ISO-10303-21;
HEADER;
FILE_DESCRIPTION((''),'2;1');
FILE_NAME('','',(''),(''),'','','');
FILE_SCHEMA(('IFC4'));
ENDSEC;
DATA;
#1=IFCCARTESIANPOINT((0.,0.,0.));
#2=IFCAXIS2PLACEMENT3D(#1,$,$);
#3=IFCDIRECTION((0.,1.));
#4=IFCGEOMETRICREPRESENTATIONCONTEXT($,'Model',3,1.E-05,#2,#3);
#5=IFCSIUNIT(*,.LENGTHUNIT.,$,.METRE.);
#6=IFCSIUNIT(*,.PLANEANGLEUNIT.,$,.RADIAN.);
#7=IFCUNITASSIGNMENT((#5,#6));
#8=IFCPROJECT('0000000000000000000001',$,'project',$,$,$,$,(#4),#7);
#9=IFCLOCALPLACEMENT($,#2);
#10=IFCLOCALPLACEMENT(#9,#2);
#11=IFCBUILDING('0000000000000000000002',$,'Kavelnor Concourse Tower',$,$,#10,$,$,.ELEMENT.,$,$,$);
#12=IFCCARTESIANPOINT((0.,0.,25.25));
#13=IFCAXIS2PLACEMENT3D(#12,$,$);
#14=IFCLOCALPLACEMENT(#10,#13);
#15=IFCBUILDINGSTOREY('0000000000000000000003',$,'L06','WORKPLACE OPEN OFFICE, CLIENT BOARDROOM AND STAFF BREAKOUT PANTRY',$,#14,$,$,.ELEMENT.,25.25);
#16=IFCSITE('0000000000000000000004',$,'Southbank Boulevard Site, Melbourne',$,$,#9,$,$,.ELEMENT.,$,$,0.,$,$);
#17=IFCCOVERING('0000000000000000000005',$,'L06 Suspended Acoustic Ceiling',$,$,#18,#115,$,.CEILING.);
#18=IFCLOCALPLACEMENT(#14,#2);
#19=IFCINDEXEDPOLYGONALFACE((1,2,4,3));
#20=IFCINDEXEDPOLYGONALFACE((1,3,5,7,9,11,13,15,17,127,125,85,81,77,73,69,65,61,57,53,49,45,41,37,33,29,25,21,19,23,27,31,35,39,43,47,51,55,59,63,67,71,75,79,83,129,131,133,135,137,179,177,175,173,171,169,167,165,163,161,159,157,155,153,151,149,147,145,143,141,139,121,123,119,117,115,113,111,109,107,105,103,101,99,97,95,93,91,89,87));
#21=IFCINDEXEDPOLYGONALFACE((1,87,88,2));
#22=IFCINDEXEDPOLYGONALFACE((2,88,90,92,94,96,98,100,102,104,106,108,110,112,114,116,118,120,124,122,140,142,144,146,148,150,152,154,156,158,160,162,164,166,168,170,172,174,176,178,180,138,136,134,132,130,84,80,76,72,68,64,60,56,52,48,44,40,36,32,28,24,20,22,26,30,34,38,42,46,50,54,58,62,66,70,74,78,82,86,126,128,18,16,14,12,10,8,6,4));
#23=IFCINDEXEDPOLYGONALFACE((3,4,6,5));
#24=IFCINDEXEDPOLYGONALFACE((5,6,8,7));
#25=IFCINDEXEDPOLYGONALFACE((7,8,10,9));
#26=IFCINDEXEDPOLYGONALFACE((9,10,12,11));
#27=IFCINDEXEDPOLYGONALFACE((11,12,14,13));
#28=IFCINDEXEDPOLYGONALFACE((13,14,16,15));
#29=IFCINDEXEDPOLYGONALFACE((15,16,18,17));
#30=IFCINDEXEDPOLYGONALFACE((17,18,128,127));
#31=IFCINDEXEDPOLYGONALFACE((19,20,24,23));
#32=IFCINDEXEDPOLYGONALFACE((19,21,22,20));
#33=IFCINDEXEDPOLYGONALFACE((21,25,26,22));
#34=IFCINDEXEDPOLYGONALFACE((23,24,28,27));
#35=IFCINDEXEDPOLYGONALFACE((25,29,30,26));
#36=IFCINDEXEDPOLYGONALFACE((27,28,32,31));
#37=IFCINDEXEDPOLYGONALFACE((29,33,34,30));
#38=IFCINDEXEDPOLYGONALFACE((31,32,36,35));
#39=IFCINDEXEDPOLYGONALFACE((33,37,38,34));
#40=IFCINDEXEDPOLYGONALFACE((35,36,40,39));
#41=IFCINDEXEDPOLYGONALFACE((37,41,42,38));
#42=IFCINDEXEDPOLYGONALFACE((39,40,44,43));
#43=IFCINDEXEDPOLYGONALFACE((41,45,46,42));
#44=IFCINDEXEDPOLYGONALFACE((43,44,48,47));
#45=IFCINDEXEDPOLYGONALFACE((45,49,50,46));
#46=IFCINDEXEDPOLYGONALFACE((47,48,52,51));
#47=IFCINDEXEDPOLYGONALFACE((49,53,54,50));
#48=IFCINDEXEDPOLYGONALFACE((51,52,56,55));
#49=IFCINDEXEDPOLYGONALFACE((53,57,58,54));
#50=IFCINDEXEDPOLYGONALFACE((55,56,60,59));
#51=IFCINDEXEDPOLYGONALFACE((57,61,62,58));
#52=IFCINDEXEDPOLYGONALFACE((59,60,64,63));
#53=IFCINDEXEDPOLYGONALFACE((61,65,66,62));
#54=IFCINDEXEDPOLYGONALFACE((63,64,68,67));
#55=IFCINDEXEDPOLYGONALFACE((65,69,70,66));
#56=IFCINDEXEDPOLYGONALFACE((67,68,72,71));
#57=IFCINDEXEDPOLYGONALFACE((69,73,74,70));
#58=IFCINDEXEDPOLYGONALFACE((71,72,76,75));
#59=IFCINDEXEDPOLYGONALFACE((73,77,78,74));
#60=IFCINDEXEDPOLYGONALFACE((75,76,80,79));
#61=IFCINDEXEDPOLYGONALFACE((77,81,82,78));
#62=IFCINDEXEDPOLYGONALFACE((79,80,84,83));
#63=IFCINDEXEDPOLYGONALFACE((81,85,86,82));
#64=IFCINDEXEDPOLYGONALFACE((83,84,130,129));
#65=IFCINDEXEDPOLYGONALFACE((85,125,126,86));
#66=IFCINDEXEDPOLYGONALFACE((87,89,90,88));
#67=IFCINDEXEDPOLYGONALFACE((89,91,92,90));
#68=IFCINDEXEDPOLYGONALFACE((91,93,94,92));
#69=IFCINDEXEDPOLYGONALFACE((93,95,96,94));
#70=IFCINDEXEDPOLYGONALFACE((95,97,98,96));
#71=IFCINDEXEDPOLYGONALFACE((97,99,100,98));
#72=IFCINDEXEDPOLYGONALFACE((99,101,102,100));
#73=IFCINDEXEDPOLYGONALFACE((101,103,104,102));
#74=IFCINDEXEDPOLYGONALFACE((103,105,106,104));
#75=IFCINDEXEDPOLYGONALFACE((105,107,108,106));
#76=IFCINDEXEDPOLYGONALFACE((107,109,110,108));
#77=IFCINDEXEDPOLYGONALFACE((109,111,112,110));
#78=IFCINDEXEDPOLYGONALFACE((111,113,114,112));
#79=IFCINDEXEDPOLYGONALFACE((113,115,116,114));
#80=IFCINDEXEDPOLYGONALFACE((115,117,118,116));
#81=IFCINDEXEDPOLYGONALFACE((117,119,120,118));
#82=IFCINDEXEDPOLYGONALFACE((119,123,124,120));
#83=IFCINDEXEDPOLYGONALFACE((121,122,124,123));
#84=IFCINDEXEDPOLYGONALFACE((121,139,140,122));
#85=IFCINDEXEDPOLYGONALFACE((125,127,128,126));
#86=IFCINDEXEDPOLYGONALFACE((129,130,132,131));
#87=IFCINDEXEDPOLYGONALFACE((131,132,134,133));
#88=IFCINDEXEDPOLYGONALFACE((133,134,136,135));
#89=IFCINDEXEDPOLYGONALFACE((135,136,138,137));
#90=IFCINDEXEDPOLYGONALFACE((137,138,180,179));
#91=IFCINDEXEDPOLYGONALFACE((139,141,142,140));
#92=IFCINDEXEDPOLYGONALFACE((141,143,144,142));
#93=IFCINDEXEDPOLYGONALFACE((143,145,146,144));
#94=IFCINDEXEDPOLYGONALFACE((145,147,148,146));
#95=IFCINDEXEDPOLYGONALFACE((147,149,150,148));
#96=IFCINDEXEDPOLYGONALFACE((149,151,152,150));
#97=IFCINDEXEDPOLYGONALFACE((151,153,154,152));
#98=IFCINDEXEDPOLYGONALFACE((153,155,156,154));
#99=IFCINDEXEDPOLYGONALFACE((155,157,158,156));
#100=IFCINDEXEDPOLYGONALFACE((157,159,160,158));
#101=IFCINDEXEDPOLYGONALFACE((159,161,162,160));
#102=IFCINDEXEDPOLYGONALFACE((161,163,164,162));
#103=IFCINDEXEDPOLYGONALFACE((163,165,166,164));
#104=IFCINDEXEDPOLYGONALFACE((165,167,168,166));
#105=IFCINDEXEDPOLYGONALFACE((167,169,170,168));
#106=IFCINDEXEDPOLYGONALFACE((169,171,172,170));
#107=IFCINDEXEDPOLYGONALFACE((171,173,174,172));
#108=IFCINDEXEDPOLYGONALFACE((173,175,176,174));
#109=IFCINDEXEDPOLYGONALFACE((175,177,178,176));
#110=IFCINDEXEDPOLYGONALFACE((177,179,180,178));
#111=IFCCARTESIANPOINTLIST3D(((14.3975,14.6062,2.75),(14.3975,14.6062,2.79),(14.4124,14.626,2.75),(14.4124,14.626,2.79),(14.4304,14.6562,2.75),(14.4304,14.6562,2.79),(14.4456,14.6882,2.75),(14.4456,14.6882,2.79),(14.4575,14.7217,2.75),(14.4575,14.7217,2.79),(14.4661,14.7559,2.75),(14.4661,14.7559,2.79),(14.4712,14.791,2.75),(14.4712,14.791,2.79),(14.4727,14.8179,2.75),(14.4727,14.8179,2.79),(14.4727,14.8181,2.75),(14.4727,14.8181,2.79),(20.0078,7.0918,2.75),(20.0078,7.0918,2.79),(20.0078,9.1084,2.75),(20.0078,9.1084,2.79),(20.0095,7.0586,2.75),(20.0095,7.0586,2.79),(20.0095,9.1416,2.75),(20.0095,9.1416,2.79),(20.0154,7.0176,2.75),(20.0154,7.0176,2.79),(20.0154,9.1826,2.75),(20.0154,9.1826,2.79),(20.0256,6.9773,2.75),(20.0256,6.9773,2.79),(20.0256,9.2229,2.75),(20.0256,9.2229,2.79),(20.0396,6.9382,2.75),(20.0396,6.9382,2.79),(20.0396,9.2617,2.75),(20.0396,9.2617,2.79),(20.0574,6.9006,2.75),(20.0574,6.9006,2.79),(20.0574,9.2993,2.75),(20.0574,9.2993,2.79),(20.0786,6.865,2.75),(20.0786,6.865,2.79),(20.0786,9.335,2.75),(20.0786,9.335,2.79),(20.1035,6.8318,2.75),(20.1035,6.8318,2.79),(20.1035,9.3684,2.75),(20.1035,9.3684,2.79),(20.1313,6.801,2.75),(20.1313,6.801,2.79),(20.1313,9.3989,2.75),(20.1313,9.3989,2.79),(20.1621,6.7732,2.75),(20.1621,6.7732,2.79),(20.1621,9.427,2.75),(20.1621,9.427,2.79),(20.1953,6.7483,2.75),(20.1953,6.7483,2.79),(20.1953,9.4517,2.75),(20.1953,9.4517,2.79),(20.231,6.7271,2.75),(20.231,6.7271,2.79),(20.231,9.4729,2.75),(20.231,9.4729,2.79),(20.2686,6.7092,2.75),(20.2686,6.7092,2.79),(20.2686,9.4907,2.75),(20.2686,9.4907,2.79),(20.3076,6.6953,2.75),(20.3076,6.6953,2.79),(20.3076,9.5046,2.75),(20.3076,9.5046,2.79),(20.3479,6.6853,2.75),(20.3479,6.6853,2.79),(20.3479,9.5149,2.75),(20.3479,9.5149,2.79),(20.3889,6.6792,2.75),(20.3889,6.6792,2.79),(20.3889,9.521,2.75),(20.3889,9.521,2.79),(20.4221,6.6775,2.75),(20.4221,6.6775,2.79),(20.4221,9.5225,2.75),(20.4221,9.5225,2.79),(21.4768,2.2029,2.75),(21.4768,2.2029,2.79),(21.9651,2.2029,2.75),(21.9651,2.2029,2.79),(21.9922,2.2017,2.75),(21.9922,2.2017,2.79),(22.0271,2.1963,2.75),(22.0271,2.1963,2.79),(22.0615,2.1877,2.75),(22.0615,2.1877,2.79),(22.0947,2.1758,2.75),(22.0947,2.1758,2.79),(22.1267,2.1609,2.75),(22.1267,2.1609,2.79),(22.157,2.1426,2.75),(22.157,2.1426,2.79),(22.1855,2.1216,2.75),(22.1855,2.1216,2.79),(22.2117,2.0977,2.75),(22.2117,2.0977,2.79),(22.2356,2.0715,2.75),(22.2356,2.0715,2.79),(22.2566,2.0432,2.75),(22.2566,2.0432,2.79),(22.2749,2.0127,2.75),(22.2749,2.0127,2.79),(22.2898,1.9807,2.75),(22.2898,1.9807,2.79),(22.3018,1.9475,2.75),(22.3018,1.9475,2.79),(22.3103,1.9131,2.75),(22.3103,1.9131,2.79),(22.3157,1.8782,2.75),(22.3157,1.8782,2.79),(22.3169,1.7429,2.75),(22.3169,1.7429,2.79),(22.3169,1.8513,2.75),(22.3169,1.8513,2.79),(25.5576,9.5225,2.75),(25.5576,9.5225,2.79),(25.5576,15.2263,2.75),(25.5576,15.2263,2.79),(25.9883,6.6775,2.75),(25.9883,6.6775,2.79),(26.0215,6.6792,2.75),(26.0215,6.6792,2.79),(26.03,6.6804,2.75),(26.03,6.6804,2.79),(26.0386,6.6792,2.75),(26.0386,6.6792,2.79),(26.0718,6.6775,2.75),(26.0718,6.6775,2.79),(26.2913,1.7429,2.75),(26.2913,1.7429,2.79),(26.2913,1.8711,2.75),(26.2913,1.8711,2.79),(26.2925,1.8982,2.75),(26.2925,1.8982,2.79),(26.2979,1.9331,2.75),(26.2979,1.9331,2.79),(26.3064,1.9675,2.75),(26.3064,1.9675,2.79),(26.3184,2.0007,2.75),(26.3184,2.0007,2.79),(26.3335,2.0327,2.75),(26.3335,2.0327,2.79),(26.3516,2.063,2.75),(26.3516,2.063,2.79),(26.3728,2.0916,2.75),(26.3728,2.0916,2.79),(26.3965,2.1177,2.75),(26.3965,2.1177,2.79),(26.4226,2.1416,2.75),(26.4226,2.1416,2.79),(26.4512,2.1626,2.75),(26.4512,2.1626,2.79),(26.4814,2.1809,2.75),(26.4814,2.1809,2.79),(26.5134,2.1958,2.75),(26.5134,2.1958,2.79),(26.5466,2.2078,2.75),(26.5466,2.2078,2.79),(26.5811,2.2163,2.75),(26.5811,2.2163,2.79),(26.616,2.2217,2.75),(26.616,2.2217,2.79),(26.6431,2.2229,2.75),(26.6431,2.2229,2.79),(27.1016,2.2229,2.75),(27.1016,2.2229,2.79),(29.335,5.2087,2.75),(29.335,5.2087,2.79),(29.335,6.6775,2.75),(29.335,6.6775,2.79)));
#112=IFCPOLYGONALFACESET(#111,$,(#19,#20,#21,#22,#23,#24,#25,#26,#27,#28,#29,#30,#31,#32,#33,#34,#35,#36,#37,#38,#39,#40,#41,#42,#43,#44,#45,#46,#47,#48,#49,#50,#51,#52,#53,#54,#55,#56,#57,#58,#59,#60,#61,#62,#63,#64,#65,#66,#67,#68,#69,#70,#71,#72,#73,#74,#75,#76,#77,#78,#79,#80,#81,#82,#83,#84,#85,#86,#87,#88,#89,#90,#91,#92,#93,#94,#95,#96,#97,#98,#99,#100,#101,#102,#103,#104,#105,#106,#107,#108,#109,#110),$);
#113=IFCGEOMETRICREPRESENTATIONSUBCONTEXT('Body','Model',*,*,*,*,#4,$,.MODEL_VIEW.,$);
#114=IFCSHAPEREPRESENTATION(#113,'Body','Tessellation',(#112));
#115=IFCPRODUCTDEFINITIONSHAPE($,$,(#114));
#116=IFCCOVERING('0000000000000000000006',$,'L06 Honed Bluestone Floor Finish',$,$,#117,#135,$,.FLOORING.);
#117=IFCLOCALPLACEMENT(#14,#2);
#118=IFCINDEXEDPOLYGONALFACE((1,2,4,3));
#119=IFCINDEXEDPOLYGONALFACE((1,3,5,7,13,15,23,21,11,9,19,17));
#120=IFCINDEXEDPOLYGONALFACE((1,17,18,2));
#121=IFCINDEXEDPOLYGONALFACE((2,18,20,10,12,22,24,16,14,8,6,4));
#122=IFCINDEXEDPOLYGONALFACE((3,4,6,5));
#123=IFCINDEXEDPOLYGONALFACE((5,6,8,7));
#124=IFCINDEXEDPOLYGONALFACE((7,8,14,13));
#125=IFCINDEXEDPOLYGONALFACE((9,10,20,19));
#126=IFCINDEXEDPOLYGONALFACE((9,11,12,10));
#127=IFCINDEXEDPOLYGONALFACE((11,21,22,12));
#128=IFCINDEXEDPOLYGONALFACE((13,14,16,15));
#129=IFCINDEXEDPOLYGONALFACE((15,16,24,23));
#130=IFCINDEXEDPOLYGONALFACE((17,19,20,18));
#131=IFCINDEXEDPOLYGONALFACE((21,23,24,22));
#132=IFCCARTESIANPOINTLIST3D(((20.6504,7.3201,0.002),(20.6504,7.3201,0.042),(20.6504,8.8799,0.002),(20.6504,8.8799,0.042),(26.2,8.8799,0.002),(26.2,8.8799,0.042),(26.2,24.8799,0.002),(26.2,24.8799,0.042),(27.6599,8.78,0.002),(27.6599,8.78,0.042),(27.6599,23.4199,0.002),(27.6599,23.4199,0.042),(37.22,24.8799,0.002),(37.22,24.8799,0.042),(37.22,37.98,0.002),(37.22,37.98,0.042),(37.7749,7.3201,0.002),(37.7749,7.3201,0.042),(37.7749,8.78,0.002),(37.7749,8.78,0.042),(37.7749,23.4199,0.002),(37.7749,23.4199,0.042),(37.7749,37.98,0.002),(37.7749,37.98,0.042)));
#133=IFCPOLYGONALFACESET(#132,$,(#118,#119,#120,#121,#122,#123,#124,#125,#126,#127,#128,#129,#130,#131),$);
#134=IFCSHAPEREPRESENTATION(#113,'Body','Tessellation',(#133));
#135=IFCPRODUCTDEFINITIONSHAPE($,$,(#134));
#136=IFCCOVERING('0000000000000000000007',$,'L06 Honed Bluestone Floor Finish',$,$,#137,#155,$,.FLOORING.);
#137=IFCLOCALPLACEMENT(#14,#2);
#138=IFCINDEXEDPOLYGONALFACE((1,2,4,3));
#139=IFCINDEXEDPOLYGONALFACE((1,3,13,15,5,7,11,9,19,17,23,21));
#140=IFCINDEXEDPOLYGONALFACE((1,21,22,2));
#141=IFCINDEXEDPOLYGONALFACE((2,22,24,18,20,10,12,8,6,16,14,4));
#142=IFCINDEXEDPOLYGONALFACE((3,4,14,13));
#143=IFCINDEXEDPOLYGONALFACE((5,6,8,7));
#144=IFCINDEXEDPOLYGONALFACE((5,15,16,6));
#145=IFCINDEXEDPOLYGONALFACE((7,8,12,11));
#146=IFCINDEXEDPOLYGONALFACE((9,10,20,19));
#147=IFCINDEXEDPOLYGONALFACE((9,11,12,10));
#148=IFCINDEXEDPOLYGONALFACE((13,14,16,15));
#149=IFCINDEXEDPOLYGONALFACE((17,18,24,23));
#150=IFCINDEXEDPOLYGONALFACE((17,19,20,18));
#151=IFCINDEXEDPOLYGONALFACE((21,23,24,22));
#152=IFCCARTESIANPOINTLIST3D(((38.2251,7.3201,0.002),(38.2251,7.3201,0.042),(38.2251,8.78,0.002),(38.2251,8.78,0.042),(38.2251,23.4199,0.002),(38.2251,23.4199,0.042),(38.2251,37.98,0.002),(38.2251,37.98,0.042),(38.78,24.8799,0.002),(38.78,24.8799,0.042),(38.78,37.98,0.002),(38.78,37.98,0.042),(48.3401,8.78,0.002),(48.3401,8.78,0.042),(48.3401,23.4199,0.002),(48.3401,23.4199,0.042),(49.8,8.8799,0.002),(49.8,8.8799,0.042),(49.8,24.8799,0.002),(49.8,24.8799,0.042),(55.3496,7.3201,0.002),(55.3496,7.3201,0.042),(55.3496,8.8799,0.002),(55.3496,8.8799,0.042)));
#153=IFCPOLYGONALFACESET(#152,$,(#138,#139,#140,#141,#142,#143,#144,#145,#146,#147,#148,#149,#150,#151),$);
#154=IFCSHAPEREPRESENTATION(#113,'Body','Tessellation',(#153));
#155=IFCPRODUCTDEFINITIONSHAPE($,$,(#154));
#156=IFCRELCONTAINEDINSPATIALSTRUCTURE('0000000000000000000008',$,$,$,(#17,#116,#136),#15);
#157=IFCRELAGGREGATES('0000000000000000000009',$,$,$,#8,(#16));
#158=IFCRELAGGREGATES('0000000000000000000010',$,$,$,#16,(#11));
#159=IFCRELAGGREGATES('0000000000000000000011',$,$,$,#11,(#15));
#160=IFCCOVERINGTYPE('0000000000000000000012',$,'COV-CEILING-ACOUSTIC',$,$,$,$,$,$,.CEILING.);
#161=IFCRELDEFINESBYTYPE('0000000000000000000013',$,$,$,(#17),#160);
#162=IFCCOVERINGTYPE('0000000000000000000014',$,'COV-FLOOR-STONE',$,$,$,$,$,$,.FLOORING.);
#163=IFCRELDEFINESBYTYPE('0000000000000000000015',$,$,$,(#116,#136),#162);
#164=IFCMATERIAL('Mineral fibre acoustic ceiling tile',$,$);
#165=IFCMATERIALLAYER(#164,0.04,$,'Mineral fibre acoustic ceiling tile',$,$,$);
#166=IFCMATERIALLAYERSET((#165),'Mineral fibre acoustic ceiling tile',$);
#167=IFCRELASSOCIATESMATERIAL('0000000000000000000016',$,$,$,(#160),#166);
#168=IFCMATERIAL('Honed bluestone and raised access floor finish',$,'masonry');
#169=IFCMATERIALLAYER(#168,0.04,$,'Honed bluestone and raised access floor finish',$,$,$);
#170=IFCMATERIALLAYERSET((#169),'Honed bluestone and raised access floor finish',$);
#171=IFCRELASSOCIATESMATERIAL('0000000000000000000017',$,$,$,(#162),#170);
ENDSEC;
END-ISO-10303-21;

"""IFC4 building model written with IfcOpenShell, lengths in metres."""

from ifc_helpers import new_model, si_unit, direction, frame, origin, place, context, subcontext, project, spatial, polyline, outline, extrude, material, layer, layer_set, type_object, element, save


model = new_model("IFC4")

# Units and contexts
model_context = context("Model", 3, precision=1e-05, world=origin(), true_north=direction((0.0, 1.0)))
body_context = subcontext(model_context, "Body", "Model", "MODEL_VIEW")
ifc_project = project(units=[si_unit("LENGTHUNIT", "METRE"), si_unit("PLANEANGLEUNIT", "RADIAN")], contexts=[model_context])

# Site, building, storey
site_placement = place(None, origin())
site = spatial("IfcSite", under=ifc_project, at=site_placement, Name="Southbank Boulevard Site, Melbourne", CompositionType="ELEMENT", RefElevation=0.0)
building_placement = place(site_placement, origin())
building = spatial("IfcBuilding", under=site, at=building_placement, Name="Kavelnor Concourse Tower", CompositionType="ELEMENT")
storey_placement = place(building_placement, frame((0.0, 0.0, 25.25)))
storey = spatial("IfcBuildingStorey", under=building, at=storey_placement, Name="L06", Description="WORKPLACE OPEN OFFICE, CLIENT BOARDROOM AND STAFF BREAKOUT PANTRY", CompositionType="ELEMENT", Elevation=25.25)

# Coverings
ifc_material_1 = material(Name="Mineral fibre acoustic ceiling tile")
ifc_layer_1 = layer(ifc_material_1, 0.04, Name="Mineral fibre acoustic ceiling tile")
ifc_layer_set_1 = layer_set([ifc_layer_1], Name="Mineral fibre acoustic ceiling tile")
covering_type_1 = type_object("IfcCoveringType", Name="COV-CEILING-ACOUSTIC", PredefinedType="CEILING", material=ifc_layer_set_1)
covering_1_placement = place(storey_placement, frame((0.0, 0.0, 2.75)))
element("IfcCovering", 1, at=covering_1_placement, inside=storey, type_object=covering_type_1, Name="L06 Suspended Acoustic Ceiling", PredefinedType="CEILING", context=body_context, shape_type="SweptSolid", body=[
    extrude(outline(polyline([(14.4124, 14.626), (14.4304, 14.6562), (14.4456, 14.6882), (14.4575, 14.7217), (14.4661, 14.7559), (14.4712, 14.791), (14.4727, 14.8179), (14.4727, 14.8181), (25.5576, 15.2263), (25.5576, 9.5225), (20.4221, 9.5225), (20.3889, 9.521), (20.3479, 9.5149), (20.3076, 9.5046), (20.2686, 9.4907), (20.231, 9.4729), (20.1953, 9.4517), (20.1621, 9.427), (20.1313, 9.3989), (20.1035, 9.3684), (20.0786, 9.335), (20.0574, 9.2993), (20.0396, 9.2617), (20.0256, 9.2229), (20.0154, 9.1826), (20.0095, 9.1416), (20.0078, 9.1084), (20.0078, 7.0918), (20.0095, 7.0586), (20.0154, 7.0176), (20.0256, 6.9773), (20.0396, 6.9382), (20.0574, 6.9006), (20.0786, 6.865), (20.1035, 6.8318), (20.1313, 6.801), (20.1621, 6.7732), (20.1953, 6.7483), (20.231, 6.7271), (20.2686, 6.7092), (20.3076, 6.6953), (20.3479, 6.6853), (20.3889, 6.6792), (20.4221, 6.6775), (25.9883, 6.6775), (26.0215, 6.6792), (26.03, 6.6804), (26.0386, 6.6792), (26.0718, 6.6775), (29.335, 6.6775), (29.335, 5.2087), (27.1016, 2.2229), (26.6431, 2.2229), (26.616, 2.2217), (26.5811, 2.2163), (26.5466, 2.2078), (26.5134, 2.1958), (26.4814, 2.1809), (26.4512, 2.1626), (26.4226, 2.1416), (26.3965, 2.1177), (26.3728, 2.0916), (26.3516, 2.063), (26.3335, 2.0327), (26.3184, 2.0007), (26.3064, 1.9675), (26.2979, 1.9331), (26.2925, 1.8982), (26.2913, 1.8711), (26.2913, 1.7429), (22.3169, 1.7429), (22.3169, 1.8513), (22.3157, 1.8782), (22.3103, 1.9131), (22.3018, 1.9475), (22.2898, 1.9807), (22.2749, 2.0127), (22.2566, 2.0432), (22.2356, 2.0715), (22.2117, 2.0977), (22.1855, 2.1216), (22.157, 2.1426), (22.1267, 2.1609), (22.0947, 2.1758), (22.0615, 2.1877), (22.0271, 2.1963), (21.9922, 2.2017), (21.9651, 2.2029), (21.4768, 2.2029), (14.3975, 14.6062), (14.4124, 14.626)])), origin(), (0.0, 0.0, 1.0), 0.04),
])
ifc_material_2 = material(Name="Honed bluestone and raised access floor finish", Category="masonry")
ifc_layer_2 = layer(ifc_material_2, 0.04, Name="Honed bluestone and raised access floor finish")
ifc_layer_set_2 = layer_set([ifc_layer_2], Name="Honed bluestone and raised access floor finish")
covering_type_2 = type_object("IfcCoveringType", Name="COV-FLOOR-STONE", PredefinedType="FLOORING", material=ifc_layer_set_2)
covering_2_placement = place(storey_placement, frame((0.0, 0.0, 0.002)))
element("IfcCovering", 2, at=covering_2_placement, inside=storey, type_object=covering_type_2, Name="L06 Honed Bluestone Floor Finish", PredefinedType="FLOORING", context=body_context, shape_type="SweptSolid", body=[
    extrude(outline(polyline([(37.22, 37.98), (37.7749, 37.98), (37.7749, 23.4199), (27.6599, 23.4199), (27.6599, 8.78), (37.7749, 8.78), (37.7749, 7.3201), (20.6504, 7.3201), (20.6504, 8.8799), (26.2, 8.8799), (26.2, 24.8799), (37.22, 24.8799), (37.22, 37.98)])), origin(), (0.0, 0.0, 1.0), 0.04),
])
covering_3_placement = place(storey_placement, frame((0.0, 0.0, 0.002)))
element("IfcCovering", 3, at=covering_3_placement, inside=storey, type_object=covering_type_2, Name="L06 Honed Bluestone Floor Finish", PredefinedType="FLOORING", context=body_context, shape_type="SweptSolid", body=[
    extrude(outline(polyline([(38.78, 37.98), (38.78, 24.8799), (49.8, 24.8799), (49.8, 8.8799), (55.3496, 8.8799), (55.3496, 7.3201), (38.2251, 7.3201), (38.2251, 8.78), (48.3401, 8.78), (48.3401, 23.4199), (38.2251, 23.4199), (38.2251, 37.98), (38.78, 37.98)])), origin(), (0.0, 0.0, 1.0), 0.04),
])

save(model, "model.ifc")
